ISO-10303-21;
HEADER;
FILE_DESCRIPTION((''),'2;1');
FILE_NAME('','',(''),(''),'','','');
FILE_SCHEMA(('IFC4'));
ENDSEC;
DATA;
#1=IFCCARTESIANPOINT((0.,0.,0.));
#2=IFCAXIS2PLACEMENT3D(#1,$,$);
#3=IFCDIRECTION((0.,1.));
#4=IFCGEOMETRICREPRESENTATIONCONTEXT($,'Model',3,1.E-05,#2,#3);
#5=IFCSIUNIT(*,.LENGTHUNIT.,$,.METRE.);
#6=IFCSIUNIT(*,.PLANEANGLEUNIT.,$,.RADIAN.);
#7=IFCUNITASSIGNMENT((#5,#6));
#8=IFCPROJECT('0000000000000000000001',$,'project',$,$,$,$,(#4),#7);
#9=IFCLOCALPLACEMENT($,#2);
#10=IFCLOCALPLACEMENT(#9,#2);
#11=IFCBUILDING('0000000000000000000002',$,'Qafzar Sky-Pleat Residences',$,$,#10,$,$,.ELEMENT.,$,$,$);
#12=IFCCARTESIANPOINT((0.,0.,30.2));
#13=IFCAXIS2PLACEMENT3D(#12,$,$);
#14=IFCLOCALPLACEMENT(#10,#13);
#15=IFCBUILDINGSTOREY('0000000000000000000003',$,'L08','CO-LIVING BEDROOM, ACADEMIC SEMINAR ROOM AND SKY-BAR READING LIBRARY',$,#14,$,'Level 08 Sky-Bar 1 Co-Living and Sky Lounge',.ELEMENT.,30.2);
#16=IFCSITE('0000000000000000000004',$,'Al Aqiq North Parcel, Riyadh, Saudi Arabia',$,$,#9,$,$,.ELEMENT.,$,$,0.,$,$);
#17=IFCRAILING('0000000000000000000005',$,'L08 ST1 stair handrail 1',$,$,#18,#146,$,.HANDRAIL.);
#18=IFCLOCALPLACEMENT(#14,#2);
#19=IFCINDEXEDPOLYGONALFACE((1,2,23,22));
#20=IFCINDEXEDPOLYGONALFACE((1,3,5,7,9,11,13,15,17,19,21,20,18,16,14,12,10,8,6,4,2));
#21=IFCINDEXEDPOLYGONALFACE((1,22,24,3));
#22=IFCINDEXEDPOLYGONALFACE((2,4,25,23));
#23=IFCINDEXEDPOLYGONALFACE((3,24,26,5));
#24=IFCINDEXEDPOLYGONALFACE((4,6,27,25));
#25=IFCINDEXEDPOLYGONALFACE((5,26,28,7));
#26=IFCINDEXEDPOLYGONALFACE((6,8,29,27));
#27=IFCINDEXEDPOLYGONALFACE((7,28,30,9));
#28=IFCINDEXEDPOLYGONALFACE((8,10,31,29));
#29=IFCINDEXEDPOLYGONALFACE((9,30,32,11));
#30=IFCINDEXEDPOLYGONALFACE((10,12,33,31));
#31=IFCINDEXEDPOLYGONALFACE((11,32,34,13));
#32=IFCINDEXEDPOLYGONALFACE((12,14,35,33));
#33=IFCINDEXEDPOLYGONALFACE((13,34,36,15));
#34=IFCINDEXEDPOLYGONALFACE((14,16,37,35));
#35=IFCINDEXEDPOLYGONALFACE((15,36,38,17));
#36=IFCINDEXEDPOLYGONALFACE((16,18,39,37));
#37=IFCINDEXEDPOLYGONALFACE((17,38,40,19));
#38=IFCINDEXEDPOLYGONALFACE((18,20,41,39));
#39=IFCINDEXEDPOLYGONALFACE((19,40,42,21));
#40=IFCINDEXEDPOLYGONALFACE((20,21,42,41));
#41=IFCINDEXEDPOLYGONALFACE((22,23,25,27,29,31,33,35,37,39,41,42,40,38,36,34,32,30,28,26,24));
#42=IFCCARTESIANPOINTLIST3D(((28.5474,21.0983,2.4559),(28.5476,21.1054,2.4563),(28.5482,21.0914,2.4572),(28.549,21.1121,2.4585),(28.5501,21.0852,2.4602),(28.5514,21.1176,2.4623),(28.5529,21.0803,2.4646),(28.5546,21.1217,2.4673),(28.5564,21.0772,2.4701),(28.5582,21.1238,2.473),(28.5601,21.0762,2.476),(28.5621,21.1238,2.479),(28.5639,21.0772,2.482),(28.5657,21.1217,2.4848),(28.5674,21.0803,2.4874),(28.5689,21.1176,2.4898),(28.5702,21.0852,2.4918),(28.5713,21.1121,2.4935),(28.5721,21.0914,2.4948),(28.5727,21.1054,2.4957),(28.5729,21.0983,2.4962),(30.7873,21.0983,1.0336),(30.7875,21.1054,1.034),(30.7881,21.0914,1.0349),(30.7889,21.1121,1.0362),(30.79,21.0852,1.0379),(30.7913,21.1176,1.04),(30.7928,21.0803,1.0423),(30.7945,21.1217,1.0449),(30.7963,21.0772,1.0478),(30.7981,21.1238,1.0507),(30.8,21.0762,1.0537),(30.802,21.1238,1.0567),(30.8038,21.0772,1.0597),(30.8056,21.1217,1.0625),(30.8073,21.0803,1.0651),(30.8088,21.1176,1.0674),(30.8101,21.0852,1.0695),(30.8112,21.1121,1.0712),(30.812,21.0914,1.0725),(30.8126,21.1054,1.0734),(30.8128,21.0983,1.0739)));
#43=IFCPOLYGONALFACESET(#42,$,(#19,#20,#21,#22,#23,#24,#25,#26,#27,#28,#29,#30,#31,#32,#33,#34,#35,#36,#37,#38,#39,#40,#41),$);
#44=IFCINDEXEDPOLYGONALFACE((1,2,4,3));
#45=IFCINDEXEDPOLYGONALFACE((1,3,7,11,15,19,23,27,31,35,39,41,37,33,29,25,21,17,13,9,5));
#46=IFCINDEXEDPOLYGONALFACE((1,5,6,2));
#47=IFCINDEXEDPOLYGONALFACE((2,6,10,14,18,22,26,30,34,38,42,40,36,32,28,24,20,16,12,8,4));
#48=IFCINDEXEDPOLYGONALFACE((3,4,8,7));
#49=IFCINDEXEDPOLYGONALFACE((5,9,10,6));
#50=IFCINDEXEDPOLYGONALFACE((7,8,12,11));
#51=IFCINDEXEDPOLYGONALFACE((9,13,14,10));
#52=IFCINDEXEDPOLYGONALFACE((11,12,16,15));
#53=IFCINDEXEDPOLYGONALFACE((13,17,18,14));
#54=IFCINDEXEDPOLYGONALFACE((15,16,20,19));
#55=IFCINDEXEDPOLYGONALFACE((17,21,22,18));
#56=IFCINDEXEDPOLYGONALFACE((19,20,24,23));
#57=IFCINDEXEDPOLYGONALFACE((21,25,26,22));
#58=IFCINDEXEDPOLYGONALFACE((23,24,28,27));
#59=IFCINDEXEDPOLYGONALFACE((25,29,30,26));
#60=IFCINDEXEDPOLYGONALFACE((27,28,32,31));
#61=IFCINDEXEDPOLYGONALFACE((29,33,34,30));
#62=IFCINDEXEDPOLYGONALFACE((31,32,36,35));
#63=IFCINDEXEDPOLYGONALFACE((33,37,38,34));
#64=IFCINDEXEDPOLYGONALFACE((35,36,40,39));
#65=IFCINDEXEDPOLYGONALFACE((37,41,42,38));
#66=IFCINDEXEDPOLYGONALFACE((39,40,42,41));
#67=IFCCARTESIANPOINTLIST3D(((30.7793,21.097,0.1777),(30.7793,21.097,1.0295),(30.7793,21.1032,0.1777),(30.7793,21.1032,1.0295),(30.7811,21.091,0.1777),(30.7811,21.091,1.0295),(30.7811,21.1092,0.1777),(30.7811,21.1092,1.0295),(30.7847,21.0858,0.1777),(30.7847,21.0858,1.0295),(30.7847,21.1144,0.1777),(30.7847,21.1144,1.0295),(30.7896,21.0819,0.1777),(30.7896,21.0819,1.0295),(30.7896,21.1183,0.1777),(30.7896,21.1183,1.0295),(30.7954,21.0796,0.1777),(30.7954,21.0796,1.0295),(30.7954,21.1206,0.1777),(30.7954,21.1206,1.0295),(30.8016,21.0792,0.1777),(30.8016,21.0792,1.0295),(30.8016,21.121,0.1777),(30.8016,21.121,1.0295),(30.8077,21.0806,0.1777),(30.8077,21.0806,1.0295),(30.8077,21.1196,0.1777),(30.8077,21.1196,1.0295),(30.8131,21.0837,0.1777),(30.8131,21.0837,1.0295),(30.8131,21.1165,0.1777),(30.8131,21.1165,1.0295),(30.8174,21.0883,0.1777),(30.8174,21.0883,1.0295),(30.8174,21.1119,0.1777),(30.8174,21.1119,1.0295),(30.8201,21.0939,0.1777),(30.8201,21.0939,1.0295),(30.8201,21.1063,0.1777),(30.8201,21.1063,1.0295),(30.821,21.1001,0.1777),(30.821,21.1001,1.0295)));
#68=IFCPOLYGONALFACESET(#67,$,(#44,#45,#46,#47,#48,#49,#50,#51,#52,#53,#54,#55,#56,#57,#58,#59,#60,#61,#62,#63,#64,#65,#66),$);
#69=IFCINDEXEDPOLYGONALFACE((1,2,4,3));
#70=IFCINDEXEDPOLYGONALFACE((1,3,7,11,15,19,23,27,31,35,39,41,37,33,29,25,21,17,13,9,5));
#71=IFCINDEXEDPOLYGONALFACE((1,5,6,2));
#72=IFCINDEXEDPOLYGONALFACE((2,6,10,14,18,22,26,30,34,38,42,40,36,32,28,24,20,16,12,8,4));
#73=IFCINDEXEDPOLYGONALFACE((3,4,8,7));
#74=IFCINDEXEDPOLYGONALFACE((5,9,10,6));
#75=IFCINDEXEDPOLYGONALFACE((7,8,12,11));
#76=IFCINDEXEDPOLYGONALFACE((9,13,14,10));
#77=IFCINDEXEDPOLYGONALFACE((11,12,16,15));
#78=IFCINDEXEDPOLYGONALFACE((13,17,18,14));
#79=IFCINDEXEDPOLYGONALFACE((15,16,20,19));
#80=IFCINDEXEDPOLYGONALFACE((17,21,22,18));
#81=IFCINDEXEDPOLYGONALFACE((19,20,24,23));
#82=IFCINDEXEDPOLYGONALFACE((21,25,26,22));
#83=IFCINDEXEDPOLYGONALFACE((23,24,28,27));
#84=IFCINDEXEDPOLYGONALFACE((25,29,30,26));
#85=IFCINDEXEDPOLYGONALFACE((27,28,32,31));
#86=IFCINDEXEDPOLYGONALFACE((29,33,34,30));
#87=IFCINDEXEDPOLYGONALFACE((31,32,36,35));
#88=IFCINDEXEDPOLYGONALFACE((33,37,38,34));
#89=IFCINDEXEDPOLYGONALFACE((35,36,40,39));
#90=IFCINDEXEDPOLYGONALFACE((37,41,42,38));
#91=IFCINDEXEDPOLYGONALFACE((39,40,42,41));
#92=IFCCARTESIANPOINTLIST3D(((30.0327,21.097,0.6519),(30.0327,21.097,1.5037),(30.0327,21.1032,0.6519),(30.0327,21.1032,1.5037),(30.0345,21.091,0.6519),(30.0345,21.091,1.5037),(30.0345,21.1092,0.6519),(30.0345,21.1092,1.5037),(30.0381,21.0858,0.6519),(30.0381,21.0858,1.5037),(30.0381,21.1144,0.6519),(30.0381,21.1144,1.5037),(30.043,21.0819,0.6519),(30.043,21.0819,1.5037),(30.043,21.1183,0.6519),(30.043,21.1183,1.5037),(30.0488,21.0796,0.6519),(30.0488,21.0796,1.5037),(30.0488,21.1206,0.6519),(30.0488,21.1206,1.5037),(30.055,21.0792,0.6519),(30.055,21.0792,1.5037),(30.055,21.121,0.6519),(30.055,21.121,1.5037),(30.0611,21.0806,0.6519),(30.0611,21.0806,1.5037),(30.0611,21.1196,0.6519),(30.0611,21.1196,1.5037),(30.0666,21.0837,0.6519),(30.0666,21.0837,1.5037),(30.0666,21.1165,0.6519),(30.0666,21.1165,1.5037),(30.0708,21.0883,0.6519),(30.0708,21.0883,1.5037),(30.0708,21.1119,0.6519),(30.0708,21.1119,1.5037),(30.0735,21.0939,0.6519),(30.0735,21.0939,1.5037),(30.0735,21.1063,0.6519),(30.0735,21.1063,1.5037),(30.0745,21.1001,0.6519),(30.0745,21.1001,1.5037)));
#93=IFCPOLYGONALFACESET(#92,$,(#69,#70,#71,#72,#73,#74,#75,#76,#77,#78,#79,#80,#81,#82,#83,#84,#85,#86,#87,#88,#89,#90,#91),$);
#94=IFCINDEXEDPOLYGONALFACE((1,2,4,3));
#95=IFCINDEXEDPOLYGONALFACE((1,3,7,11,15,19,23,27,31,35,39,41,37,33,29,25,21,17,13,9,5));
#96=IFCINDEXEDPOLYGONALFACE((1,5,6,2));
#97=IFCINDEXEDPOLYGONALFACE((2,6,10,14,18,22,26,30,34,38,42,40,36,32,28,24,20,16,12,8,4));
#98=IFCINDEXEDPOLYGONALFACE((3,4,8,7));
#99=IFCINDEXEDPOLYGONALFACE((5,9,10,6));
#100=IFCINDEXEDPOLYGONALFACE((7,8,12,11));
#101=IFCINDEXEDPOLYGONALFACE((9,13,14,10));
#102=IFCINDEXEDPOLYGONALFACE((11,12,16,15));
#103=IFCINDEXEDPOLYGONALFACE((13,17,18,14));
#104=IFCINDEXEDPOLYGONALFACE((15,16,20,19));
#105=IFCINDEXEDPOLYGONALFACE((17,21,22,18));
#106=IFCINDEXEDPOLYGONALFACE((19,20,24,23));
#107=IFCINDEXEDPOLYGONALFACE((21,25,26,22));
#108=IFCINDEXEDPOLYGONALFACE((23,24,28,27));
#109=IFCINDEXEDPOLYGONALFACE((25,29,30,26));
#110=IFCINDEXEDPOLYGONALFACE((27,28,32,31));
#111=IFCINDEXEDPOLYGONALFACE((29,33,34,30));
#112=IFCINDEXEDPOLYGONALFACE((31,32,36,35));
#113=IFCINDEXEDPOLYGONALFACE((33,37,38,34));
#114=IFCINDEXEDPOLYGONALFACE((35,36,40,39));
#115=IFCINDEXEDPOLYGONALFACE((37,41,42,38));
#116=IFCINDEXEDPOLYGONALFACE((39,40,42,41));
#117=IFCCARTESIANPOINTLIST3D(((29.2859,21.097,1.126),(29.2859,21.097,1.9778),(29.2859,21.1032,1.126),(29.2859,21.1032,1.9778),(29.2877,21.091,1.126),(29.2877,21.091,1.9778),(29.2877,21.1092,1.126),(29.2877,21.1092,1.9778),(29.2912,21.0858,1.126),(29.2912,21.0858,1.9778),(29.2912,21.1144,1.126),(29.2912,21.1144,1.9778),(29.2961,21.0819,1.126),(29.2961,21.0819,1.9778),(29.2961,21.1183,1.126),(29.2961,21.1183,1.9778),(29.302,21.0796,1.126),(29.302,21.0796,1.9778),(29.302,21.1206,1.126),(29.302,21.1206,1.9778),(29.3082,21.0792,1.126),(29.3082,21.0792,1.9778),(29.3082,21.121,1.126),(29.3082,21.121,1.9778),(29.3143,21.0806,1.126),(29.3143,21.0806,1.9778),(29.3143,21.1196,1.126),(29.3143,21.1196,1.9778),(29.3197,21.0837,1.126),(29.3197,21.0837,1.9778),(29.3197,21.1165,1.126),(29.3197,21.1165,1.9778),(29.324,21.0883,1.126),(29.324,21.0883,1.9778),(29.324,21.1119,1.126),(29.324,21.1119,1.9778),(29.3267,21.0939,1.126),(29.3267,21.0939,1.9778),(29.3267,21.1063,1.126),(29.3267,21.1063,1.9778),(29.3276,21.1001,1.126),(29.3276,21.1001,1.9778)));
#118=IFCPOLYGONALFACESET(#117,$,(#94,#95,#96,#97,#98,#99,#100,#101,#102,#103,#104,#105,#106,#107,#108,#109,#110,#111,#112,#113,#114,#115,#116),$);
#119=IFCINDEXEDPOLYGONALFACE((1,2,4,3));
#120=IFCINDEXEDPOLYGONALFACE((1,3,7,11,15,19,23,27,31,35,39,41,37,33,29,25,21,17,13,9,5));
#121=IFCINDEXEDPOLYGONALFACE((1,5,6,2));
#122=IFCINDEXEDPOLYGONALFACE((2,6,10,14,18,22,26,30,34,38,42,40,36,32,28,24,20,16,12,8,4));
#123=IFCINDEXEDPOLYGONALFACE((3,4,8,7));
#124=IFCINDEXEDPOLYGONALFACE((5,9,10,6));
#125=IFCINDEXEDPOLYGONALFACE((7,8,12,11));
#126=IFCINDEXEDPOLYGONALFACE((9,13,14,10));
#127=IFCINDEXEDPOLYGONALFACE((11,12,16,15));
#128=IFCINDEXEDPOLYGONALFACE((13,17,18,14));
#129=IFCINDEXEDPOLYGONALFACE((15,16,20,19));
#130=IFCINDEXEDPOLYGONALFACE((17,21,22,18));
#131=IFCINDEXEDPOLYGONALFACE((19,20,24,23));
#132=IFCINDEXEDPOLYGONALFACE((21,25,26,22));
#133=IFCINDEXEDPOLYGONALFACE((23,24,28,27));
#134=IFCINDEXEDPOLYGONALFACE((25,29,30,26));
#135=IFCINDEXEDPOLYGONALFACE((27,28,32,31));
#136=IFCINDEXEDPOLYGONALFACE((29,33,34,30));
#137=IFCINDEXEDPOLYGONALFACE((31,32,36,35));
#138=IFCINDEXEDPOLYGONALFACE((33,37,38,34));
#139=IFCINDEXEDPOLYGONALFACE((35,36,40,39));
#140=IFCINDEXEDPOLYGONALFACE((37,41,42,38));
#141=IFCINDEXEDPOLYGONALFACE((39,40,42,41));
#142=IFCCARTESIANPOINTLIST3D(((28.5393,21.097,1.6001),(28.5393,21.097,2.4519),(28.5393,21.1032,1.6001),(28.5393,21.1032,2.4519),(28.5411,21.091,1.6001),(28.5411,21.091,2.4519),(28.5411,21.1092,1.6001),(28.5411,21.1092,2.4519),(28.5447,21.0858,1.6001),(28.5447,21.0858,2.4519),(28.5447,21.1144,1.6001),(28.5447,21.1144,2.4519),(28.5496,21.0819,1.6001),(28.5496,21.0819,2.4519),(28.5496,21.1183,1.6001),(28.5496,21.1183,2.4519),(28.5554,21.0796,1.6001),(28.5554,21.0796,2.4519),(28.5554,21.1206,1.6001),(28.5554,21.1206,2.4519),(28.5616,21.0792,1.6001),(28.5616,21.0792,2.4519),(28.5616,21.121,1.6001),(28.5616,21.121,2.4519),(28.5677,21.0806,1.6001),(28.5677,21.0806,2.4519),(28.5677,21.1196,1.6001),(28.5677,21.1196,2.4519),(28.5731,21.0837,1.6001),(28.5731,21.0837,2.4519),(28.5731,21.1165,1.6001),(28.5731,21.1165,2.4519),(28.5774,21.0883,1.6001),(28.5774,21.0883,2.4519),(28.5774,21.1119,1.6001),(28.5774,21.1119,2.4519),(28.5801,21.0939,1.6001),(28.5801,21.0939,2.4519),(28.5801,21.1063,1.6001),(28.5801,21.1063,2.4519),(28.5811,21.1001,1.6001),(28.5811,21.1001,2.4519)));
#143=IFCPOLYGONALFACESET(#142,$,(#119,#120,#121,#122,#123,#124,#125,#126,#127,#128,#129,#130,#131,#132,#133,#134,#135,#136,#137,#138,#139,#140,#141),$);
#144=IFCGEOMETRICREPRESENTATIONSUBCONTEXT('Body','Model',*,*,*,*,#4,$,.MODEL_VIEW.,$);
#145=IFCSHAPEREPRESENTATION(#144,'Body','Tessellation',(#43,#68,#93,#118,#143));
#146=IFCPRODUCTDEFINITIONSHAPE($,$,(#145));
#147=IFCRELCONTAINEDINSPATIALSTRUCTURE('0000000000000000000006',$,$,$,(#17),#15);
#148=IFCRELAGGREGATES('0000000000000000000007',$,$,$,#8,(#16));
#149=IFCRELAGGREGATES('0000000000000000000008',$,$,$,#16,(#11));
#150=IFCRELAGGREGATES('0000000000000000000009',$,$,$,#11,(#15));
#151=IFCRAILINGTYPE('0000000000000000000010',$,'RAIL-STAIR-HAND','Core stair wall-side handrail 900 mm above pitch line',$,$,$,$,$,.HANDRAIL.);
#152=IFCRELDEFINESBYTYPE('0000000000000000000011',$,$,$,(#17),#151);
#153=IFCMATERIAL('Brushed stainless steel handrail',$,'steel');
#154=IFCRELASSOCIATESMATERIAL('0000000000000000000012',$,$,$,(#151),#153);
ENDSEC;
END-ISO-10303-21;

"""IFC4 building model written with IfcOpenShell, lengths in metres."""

from ifc_helpers import new_model, si_unit, direction, frame, origin, origin_2d, place, context, subcontext, project, spatial, circle, extrude, source, transform, mapped, material, type_object, element, save


model = new_model("IFC4")

# Units and contexts
model_context = context("Model", 3, precision=1e-05, world=origin(), true_north=direction((0.0, 1.0)))
body_context = subcontext(model_context, "Body", "Model", "MODEL_VIEW")
ifc_project = project(units=[si_unit("LENGTHUNIT", "METRE"), si_unit("PLANEANGLEUNIT", "RADIAN")], contexts=[model_context])

# Site, building, storey
site_placement = place(None, origin())
site = spatial("IfcSite", under=ifc_project, at=site_placement, Name="Al Aqiq North Parcel, Riyadh, Saudi Arabia", CompositionType="ELEMENT", RefElevation=0.0)
building_placement = place(site_placement, origin())
building = spatial("IfcBuilding", under=site, at=building_placement, Name="Qafzar Sky-Pleat Residences", CompositionType="ELEMENT")
storey_placement = place(building_placement, frame((0.0, 0.0, 30.2)))
storey = spatial("IfcBuildingStorey", under=building, at=storey_placement, Name="L08", Description="CO-LIVING BEDROOM, ACADEMIC SEMINAR ROOM AND SKY-BAR READING LIBRARY", LongName="Level 08 Sky-Bar 1 Co-Living and Sky Lounge", CompositionType="ELEMENT", Elevation=30.2)

# Railing
ifc_material_1 = material(Name="Brushed stainless steel handrail", Category="steel")
railing_type_1 = type_object("IfcRailingType", Name="RAIL-STAIR-HAND", Description="Core stair wall-side handrail 900 mm above pitch line", PredefinedType="HANDRAIL", material=ifc_material_1)
shared_shape_1 = source(origin(), body_context, "Body", "SweptSolid", [
    extrude(circle(Radius=0.0239, at=origin_2d()), frame((0.0, 0.0, 0.876), z_axis=(-0.844188, 0.0, 0.536048), x_axis=(0.0, -1.0, 0.0)), (0.0, 0.0, 1.0), 2.6533),
    extrude(circle(Radius=0.021, at=origin_2d()), origin(), (0.0, 0.0, 1.0), 0.8518),
    extrude(circle(Radius=0.021, at=origin_2d()), frame((-0.7466, 0.0, 0.4741)), (0.0, 0.0, 1.0), 0.8518),
    extrude(circle(Radius=0.021, at=origin_2d()), frame((-1.4934, 0.0, 0.9482)), (0.0, 0.0, 1.0), 0.8518),
    extrude(circle(Radius=0.021, at=origin_2d()), frame((-2.24, 0.0, 1.4224)), (0.0, 0.0, 1.0), 0.8518),
])
railing_1_placement = place(storey_placement, frame((30.8, 21.1001, 0.1777)))
element("IfcRailing", 1, at=railing_1_placement, inside=storey, type_object=railing_type_1, Name="L08 ST1 stair handrail 1", PredefinedType="HANDRAIL", context=body_context, shape_type="MappedRepresentation", body=[
    mapped(shared_shape_1, transform((0.0, 0.0, 0.0), x_axis=(1.0, 0.0, 0.0), y_axis=(0.0, 1.0, 0.0), z_axis=(0.0, 0.0, 1.0), scale=1.0)),
])

save(model, "model.ifc")
